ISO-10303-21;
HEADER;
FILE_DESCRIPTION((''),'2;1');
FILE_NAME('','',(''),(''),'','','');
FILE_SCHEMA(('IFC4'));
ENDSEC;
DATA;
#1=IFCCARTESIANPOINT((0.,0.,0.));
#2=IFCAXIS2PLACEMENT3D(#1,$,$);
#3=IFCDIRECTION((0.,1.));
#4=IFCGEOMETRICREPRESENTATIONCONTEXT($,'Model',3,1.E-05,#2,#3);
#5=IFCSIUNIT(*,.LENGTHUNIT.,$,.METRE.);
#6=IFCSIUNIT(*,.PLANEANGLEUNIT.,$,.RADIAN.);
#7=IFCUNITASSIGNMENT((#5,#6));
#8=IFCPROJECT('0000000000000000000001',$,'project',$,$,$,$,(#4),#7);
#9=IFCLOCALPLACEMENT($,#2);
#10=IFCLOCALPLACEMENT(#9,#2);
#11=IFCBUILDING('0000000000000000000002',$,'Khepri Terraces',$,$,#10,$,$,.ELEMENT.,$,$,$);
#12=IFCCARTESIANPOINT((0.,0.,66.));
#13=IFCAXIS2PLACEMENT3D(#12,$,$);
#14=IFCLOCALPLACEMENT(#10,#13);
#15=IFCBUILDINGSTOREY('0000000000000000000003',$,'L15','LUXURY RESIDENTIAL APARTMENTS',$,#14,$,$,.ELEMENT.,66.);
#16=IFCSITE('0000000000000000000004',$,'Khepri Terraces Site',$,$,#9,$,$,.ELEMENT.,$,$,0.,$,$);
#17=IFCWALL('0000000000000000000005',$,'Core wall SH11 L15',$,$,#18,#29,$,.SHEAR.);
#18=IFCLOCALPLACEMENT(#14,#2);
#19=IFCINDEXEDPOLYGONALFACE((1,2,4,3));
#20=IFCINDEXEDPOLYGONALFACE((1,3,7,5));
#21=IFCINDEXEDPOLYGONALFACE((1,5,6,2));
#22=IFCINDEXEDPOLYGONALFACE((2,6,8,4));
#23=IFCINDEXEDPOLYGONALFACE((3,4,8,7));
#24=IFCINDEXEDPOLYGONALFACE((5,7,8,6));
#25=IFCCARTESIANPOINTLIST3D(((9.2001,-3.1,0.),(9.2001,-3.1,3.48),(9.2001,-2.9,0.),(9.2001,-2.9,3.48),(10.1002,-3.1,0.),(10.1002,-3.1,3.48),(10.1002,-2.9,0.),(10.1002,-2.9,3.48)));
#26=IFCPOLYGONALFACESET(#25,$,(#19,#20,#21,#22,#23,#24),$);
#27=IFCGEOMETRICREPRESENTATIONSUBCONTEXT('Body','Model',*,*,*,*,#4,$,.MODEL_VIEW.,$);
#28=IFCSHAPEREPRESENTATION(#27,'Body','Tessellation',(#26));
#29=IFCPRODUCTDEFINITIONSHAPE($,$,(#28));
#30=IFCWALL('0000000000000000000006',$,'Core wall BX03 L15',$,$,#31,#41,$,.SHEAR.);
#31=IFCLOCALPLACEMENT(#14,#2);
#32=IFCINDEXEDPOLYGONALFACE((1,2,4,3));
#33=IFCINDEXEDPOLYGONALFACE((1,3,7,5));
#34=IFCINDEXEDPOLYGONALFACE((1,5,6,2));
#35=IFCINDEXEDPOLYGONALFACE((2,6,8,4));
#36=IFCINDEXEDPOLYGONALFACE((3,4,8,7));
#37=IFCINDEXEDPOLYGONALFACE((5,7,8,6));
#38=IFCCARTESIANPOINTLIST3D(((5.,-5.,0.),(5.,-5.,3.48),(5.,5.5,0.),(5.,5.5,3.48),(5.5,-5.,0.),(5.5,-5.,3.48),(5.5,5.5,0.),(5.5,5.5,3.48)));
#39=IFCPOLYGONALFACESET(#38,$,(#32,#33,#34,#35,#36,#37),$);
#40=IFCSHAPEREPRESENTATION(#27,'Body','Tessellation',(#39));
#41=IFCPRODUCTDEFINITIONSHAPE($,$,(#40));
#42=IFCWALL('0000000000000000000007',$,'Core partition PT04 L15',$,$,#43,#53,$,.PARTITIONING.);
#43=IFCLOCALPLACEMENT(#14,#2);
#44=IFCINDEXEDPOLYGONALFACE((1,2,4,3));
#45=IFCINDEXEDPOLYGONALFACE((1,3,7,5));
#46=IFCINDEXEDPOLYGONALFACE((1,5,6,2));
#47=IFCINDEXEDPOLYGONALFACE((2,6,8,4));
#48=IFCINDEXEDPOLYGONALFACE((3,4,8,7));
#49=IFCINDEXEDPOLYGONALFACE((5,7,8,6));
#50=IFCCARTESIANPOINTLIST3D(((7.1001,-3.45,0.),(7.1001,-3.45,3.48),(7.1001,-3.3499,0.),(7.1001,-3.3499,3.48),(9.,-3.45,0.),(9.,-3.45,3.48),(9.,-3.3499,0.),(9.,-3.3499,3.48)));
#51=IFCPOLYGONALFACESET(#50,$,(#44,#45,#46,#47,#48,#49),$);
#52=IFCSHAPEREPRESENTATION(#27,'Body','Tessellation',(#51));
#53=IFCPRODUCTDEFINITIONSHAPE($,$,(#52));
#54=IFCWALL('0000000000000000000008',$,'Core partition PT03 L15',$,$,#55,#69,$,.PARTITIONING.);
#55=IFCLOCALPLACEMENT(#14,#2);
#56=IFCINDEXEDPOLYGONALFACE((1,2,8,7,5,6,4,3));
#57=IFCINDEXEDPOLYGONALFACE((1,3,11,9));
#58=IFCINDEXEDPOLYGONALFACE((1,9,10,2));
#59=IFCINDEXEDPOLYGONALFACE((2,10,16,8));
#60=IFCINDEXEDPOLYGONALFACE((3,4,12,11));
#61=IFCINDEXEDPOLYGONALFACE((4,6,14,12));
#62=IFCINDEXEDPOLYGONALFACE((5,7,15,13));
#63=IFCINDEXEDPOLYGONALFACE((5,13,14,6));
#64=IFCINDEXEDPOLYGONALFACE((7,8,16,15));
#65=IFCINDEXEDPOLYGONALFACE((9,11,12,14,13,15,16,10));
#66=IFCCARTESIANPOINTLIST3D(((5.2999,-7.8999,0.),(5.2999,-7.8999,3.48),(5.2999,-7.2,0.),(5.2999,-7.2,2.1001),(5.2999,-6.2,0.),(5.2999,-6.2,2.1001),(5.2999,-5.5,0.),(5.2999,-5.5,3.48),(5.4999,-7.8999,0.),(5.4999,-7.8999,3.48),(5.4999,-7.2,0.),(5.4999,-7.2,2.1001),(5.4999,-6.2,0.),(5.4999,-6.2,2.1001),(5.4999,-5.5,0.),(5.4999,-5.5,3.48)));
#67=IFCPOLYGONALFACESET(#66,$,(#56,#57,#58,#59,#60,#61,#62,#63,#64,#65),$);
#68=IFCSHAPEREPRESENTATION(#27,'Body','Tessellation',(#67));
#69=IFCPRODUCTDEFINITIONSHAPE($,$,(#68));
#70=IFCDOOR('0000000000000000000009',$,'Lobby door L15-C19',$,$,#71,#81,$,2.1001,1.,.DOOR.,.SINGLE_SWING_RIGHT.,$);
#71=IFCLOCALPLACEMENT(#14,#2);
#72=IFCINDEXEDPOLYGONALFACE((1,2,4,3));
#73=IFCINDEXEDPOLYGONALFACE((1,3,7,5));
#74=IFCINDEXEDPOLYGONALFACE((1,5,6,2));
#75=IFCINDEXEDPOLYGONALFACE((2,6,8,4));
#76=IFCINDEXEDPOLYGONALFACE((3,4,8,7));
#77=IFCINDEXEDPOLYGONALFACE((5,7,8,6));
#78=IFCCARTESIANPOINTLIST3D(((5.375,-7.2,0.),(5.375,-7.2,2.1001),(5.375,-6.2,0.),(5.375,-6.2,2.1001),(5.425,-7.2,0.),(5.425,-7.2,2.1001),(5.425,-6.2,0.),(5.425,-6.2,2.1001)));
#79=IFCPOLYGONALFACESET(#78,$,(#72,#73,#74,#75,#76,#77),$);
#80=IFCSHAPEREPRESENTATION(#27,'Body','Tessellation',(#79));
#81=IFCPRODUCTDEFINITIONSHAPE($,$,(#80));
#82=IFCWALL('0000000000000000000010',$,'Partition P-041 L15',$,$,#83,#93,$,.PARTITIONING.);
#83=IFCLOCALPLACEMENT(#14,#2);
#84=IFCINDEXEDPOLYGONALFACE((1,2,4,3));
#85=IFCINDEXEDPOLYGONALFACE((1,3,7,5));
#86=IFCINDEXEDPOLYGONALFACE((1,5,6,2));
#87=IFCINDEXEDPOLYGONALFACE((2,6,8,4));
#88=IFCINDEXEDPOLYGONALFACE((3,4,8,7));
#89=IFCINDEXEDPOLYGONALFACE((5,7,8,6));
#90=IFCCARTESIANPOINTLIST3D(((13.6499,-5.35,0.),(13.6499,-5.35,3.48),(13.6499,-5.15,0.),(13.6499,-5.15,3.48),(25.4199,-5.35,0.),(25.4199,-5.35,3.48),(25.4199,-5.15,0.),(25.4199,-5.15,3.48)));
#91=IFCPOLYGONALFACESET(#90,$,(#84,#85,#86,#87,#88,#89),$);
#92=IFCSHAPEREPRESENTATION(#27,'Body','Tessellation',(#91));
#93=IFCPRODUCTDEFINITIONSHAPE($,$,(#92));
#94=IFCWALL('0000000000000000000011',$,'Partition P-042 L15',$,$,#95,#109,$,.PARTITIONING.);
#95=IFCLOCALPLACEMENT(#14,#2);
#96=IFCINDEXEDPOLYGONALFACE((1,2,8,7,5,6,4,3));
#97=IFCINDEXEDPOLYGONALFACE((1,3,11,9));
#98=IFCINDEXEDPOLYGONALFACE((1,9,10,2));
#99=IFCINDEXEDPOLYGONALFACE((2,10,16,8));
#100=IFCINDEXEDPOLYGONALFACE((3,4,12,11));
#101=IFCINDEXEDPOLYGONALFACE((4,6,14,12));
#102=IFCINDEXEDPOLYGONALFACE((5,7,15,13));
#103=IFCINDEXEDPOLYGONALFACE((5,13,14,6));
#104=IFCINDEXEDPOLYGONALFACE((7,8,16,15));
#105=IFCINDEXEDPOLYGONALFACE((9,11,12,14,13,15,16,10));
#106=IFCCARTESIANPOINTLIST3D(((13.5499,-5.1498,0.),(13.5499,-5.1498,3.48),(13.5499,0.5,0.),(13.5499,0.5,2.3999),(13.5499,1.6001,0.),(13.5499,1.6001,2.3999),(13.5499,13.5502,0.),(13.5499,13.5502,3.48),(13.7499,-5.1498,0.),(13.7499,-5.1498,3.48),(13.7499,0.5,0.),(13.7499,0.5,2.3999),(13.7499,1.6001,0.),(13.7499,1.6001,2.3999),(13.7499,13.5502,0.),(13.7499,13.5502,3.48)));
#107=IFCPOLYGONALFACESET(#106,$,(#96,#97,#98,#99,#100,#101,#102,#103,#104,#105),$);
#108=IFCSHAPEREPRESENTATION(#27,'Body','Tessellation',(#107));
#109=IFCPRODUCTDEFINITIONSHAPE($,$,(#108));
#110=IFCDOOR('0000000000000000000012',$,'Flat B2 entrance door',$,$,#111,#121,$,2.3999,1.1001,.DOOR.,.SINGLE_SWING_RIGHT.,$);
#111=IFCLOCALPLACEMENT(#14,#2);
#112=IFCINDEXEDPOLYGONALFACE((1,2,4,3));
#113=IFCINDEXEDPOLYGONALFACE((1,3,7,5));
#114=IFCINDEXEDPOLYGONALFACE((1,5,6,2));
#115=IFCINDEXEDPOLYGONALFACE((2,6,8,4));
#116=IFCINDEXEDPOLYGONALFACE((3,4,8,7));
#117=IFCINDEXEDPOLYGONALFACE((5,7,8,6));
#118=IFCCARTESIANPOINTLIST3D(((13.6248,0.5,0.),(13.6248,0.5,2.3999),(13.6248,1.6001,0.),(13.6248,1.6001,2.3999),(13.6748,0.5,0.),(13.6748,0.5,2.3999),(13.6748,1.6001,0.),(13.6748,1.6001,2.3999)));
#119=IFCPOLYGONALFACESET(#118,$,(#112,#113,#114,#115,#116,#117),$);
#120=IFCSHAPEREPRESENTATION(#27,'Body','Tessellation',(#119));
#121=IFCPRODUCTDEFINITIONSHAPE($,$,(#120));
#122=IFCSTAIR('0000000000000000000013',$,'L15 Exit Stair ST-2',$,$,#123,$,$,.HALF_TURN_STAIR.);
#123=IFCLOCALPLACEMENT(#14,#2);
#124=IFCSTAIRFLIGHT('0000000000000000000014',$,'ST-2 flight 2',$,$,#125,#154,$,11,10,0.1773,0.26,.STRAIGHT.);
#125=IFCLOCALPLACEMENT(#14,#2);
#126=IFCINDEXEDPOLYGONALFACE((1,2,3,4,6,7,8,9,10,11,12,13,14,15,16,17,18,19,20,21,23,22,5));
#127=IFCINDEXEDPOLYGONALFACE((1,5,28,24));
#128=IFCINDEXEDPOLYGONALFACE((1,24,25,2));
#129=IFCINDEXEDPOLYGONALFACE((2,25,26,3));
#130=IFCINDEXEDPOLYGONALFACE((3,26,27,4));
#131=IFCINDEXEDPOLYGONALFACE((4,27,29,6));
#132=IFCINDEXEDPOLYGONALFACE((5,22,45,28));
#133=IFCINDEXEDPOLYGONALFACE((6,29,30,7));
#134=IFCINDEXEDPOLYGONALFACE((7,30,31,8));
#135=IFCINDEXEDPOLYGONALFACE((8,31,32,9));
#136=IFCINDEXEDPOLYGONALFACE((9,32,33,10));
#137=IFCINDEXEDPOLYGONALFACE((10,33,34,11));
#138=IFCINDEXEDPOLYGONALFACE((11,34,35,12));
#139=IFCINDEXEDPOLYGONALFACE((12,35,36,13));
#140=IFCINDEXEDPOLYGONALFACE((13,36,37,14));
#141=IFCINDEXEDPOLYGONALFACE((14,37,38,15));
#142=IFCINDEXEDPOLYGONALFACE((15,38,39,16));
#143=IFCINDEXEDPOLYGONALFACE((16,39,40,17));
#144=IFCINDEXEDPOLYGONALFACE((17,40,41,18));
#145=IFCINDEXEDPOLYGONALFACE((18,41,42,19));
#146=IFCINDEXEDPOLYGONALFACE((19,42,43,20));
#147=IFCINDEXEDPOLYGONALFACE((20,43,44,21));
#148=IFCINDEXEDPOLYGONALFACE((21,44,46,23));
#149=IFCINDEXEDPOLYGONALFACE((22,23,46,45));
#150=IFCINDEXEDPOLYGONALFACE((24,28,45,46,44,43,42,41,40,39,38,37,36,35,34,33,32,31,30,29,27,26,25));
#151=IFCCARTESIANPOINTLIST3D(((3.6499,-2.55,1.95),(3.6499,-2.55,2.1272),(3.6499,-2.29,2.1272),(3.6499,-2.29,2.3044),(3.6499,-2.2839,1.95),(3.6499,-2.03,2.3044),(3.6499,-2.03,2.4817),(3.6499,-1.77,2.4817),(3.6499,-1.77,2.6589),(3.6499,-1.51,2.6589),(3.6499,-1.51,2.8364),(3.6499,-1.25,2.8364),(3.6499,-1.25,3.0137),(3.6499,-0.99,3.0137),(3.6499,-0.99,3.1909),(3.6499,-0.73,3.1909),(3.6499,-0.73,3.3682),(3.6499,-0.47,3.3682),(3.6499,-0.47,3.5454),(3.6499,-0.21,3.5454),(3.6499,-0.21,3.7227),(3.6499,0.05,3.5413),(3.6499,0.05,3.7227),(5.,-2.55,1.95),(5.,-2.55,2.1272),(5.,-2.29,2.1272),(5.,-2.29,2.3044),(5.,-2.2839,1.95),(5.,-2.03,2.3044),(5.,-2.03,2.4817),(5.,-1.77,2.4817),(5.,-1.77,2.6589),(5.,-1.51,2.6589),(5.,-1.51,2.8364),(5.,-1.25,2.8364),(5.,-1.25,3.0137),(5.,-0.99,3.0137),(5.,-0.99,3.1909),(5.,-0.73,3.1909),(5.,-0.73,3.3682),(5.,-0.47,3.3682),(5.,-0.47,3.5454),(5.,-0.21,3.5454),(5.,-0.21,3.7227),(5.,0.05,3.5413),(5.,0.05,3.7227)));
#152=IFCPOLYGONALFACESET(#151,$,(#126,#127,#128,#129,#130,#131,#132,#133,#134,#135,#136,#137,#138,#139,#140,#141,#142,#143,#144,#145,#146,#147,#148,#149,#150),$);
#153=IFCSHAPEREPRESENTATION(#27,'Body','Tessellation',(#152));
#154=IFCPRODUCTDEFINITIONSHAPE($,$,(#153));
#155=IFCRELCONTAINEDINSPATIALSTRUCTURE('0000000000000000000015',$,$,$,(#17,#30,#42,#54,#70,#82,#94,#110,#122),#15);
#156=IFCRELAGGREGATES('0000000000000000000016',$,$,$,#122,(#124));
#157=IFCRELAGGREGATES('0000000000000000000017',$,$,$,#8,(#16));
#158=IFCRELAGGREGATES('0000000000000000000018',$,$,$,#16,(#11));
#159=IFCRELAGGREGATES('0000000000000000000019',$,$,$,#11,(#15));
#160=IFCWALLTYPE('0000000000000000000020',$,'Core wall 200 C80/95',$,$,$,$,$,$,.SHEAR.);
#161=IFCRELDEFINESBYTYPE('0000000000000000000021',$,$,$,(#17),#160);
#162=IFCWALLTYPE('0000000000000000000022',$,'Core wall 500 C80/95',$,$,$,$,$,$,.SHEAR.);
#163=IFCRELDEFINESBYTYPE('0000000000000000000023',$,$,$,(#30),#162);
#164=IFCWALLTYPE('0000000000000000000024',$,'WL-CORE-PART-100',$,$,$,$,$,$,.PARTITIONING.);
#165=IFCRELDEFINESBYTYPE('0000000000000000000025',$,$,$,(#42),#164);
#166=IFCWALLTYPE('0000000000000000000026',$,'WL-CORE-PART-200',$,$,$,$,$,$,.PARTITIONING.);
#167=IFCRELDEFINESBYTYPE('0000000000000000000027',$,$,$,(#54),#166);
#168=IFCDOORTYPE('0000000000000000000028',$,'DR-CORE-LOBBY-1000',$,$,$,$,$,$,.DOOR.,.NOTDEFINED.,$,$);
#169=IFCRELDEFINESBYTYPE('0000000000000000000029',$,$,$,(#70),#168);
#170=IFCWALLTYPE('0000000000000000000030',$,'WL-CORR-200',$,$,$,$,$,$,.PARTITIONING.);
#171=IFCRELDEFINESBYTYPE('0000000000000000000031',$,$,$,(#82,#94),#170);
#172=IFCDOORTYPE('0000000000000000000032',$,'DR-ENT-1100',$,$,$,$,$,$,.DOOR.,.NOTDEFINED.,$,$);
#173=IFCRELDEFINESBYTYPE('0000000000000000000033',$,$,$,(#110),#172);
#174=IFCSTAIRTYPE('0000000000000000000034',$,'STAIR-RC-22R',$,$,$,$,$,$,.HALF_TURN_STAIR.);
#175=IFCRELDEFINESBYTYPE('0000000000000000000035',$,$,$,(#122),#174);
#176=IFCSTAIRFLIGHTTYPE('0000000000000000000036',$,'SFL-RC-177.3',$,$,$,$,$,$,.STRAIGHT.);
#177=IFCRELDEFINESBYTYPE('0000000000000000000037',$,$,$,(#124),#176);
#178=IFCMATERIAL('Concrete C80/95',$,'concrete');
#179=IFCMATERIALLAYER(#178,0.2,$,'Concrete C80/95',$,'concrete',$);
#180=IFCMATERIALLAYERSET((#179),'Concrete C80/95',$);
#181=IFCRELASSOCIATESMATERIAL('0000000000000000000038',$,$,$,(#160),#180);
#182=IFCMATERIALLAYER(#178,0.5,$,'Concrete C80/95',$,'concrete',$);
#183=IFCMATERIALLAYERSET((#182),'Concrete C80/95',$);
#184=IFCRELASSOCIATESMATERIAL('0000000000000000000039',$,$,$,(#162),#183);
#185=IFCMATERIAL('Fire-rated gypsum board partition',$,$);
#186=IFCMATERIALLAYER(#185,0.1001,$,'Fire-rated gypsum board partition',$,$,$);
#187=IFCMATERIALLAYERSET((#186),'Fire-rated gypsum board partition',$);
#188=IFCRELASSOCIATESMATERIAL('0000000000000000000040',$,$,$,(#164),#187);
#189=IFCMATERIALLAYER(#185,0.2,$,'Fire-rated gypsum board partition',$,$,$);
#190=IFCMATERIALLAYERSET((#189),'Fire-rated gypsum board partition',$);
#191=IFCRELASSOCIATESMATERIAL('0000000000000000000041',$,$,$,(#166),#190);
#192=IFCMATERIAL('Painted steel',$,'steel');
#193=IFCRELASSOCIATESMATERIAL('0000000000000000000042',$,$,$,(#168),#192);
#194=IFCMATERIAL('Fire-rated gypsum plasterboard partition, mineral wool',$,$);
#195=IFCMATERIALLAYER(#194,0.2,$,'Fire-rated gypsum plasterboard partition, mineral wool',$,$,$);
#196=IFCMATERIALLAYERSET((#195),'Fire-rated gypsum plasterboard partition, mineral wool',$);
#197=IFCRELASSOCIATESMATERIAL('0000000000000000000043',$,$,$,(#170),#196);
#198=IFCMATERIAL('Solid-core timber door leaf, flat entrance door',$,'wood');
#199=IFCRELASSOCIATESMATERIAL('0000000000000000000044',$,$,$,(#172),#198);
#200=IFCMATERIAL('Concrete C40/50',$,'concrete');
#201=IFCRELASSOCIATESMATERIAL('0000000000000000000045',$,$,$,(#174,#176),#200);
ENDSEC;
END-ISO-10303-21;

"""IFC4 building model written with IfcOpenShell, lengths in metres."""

from ifc_helpers import new_model, si_unit, direction, frame, frame_2d, origin, place, context, subcontext, project, spatial, polyline, rectangle, outline, extrude, material, layer, layer_set, type_object, element, fill, aggregate, save


model = new_model("IFC4")

# Units and contexts
model_context = context("Model", 3, precision=1e-05, world=origin(), true_north=direction((0.0, 1.0)))
body_context = subcontext(model_context, "Body", "Model", "MODEL_VIEW")
ifc_project = project(units=[si_unit("LENGTHUNIT", "METRE"), si_unit("PLANEANGLEUNIT", "RADIAN")], contexts=[model_context])

# Site, building, storey
site_placement = place(None, origin())
site = spatial("IfcSite", under=ifc_project, at=site_placement, Name="Khepri Terraces Site", CompositionType="ELEMENT", RefElevation=0.0)
building_placement = place(site_placement, origin())
building = spatial("IfcBuilding", under=site, at=building_placement, Name="Khepri Terraces", CompositionType="ELEMENT")
storey_placement = place(building_placement, frame((0.0, 0.0, 66.0)))
storey = spatial("IfcBuildingStorey", under=building, at=storey_placement, Name="L15", Description="LUXURY RESIDENTIAL APARTMENTS", CompositionType="ELEMENT", Elevation=66.0)

# Shared definitions
ifc_material_1 = material(Name="Concrete C40/50", Category="concrete")

# Shared definitions
ifc_material_2 = material(Name="Concrete C80/95", Category="concrete")
ifc_layer_1 = layer(ifc_material_2, 0.2, Name="Concrete C80/95", Category="concrete")
ifc_layer_set_1 = layer_set([ifc_layer_1], Name="Concrete C80/95")
wall_type_1 = type_object("IfcWallType", Name="Core wall 200 C80/95", PredefinedType="SHEAR", material=ifc_layer_set_1)
ifc_material_3 = material(Name="Painted steel", Category="steel")

# Walls
wall_1_placement = place(storey_placement, frame((9.2, -3.0, 0.0), z_axis=(0.0, 0.0, 1.0), x_axis=(1.0, 0.0, 0.0)))
element("IfcWall", 1, at=wall_1_placement, inside=storey, type_object=wall_type_1, Name="Core wall SH11 L15", PredefinedType="SHEAR", context=body_context, shape_type="SweptSolid", body=[
    extrude(rectangle(XDim=0.9001, YDim=0.2, at=frame_2d((0.4502, 0.0))), origin(), (0.0, 0.0, 1.0), 3.48),
])
ifc_layer_2 = layer(ifc_material_2, 0.5, Name="Concrete C80/95", Category="concrete")
ifc_layer_set_2 = layer_set([ifc_layer_2], Name="Concrete C80/95")
wall_type_2 = type_object("IfcWallType", Name="Core wall 500 C80/95", PredefinedType="SHEAR", material=ifc_layer_set_2)
wall_2_placement = place(storey_placement, frame((5.25, -5.0, 0.0), z_axis=(0.0, 0.0, 1.0), x_axis=(0.0, 1.0, 0.0)))
element("IfcWall", 2, at=wall_2_placement, inside=storey, type_object=wall_type_2, Name="Core wall BX03 L15", PredefinedType="SHEAR", context=body_context, shape_type="SweptSolid", body=[
    extrude(rectangle(XDim=10.5, YDim=0.5, at=frame_2d((5.25, 0.0))), origin(), (0.0, 0.0, 1.0), 3.48),
])
ifc_material_4 = material(Name="Fire-rated gypsum board partition")
ifc_layer_3 = layer(ifc_material_4, 0.1001, Name="Fire-rated gypsum board partition")
ifc_layer_set_3 = layer_set([ifc_layer_3], Name="Fire-rated gypsum board partition")
wall_type_3 = type_object("IfcWallType", Name="WL-CORE-PART-100", PredefinedType="PARTITIONING", material=ifc_layer_set_3)
wall_3_placement = place(storey_placement, frame((7.1001, -3.3999, 0.0), z_axis=(0.0, 0.0, 1.0), x_axis=(1.0, 0.0, 0.0)))
element("IfcWall", 3, at=wall_3_placement, inside=storey, type_object=wall_type_3, Name="Core partition PT04 L15", PredefinedType="PARTITIONING", context=body_context, shape_type="SweptSolid", body=[
    extrude(rectangle(XDim=1.8999, YDim=0.1001, at=frame_2d((0.95, 0.0))), origin(), (0.0, 0.0, 1.0), 3.48),
])

# Wall, opening, door
ifc_layer_4 = layer(ifc_material_4, 0.2, Name="Fire-rated gypsum board partition")
ifc_layer_set_4 = layer_set([ifc_layer_4], Name="Fire-rated gypsum board partition")
wall_type_4 = type_object("IfcWallType", Name="WL-CORE-PART-200", PredefinedType="PARTITIONING", material=ifc_layer_set_4)
wall_4_placement = place(storey_placement, frame((5.3999, -7.8999, 0.0), z_axis=(0.0, 0.0, 1.0), x_axis=(0.0, 1.0, 0.0)))
wall_4 = element("IfcWall", 4, at=wall_4_placement, inside=storey, type_object=wall_type_4, Name="Core partition PT03 L15", PredefinedType="PARTITIONING", context=body_context, shape_type="SweptSolid", body=[
    extrude(rectangle(XDim=2.3999, YDim=0.2, at=frame_2d((1.2, 0.0))), origin(), (0.0, 0.0, 1.0), 3.48),
])
opening_1_placement = place(wall_4_placement, frame((0.7, 0.0, 0.0)))
opening_1 = element("IfcOpeningElement", 5, at=opening_1_placement, cuts=wall_4, PredefinedType="OPENING", context=body_context, shape_type="SweptSolid", body=[
    extrude(rectangle(XDim=1.0, YDim=2.1001, at=frame_2d((0.5, 1.05))), frame((0.0, 0.1099, 0.0), z_axis=(0.0, -1.0, 0.0), x_axis=(1.0, 0.0, 0.0)), (0.0, 0.0, 1.0), 0.22),
])
door_type_1 = type_object("IfcDoorType", Name="DR-CORE-LOBBY-1000", OperationType="NOTDEFINED", PredefinedType="DOOR", material=ifc_material_3)
door_1_placement = place(opening_1_placement, origin())
door_1 = element("IfcDoor", 6, at=door_1_placement, inside=storey, type_object=door_type_1, Name="Lobby door L15-C19", OperationType="SINGLE_SWING_RIGHT", OverallHeight=2.1001, OverallWidth=1.0, PredefinedType="DOOR", context=body_context, shape_type="SweptSolid", body=[
    extrude(rectangle(XDim=1.0, YDim=2.1001, at=frame_2d((0.5, 1.05))), frame((0.0, 0.0249, 0.0), z_axis=(0.0, -1.0, 0.0), x_axis=(1.0, 0.0, 0.0)), (0.0, 0.0, 1.0), 0.05),
])
fill(opening_1, door_1)

# Wall
ifc_material_5 = material(Name="Fire-rated gypsum plasterboard partition, mineral wool")
ifc_layer_5 = layer(ifc_material_5, 0.2, Name="Fire-rated gypsum plasterboard partition, mineral wool")
ifc_layer_set_5 = layer_set([ifc_layer_5], Name="Fire-rated gypsum plasterboard partition, mineral wool")
wall_type_5 = type_object("IfcWallType", Name="WL-CORR-200", PredefinedType="PARTITIONING", material=ifc_layer_set_5)
wall_5_placement = place(storey_placement, frame((13.6499, -5.25, 0.0), z_axis=(0.0, 0.0, 1.0), x_axis=(1.0, 0.0, 0.0)))
element("IfcWall", 7, at=wall_5_placement, inside=storey, type_object=wall_type_5, Name="Partition P-041 L15", PredefinedType="PARTITIONING", context=body_context, shape_type="SweptSolid", body=[
    extrude(rectangle(XDim=11.77, YDim=0.2, at=frame_2d((5.885, 0.0))), origin(), (0.0, 0.0, 1.0), 3.48),
])

# Wall, opening, door
wall_6_placement = place(storey_placement, frame((13.6499, -5.1499, 0.0), z_axis=(0.0, 0.0, 1.0), x_axis=(0.0, 1.0, 0.0)))
wall_6 = element("IfcWall", 8, at=wall_6_placement, inside=storey, type_object=wall_type_5, Name="Partition P-042 L15", PredefinedType="PARTITIONING", context=body_context, shape_type="SweptSolid", body=[
    extrude(rectangle(XDim=18.7, YDim=0.2, at=frame_2d((9.3501, 0.0))), origin(), (0.0, 0.0, 1.0), 3.48),
])
opening_2_placement = place(wall_6_placement, frame((5.6499, 0.0, 0.0)))
opening_2 = element("IfcOpeningElement", 9, at=opening_2_placement, cuts=wall_6, PredefinedType="OPENING", context=body_context, shape_type="SweptSolid", body=[
    extrude(rectangle(XDim=1.1001, YDim=2.3999, at=frame_2d((0.55, 1.2))), frame((0.0, 0.1099, 0.0), z_axis=(0.0, -1.0, 0.0), x_axis=(1.0, 0.0, 0.0)), (0.0, 0.0, 1.0), 0.22),
])
ifc_material_6 = material(Name="Solid-core timber door leaf, flat entrance door", Category="wood")
door_type_2 = type_object("IfcDoorType", Name="DR-ENT-1100", OperationType="NOTDEFINED", PredefinedType="DOOR", material=ifc_material_6)
door_2_placement = place(opening_2_placement, frame((1.1001, 0.0, 0.0), z_axis=(0.0, 0.0, 1.0), x_axis=(-1.0, 0.0, 0.0)))
door_2 = element("IfcDoor", 10, at=door_2_placement, inside=storey, type_object=door_type_2, Name="Flat B2 entrance door", OperationType="SINGLE_SWING_RIGHT", OverallHeight=2.3999, OverallWidth=1.1001, PredefinedType="DOOR", context=body_context, shape_type="SweptSolid", body=[
    extrude(rectangle(XDim=1.1001, YDim=2.3999, at=frame_2d((0.55, 1.2))), frame((0.0, 0.0249, 0.0), z_axis=(0.0, -1.0, 0.0), x_axis=(1.0, 0.0, 0.0)), (0.0, 0.0, 1.0), 0.05),
])
fill(opening_2, door_2)

# Stair, stair flight
stair_type = type_object("IfcStairType", Name="STAIR-RC-22R", PredefinedType="HALF_TURN_STAIR", material=ifc_material_1)
stair_placement = place(storey_placement, origin())
stair = element("IfcStair", 11, at=stair_placement, inside=storey, type_object=stair_type, Name="L15 Exit Stair ST-2", PredefinedType="HALF_TURN_STAIR")
stair_flight_type = type_object("IfcStairFlightType", Name="SFL-RC-177.3", PredefinedType="STRAIGHT", material=ifc_material_1)
stair_flight_placement = place(storey_placement, frame((4.325, -2.55, 1.95), z_axis=(0.0, 0.0, 1.0), x_axis=(0.0, 1.0, 0.0)))
stair_flight = element("IfcStairFlight", 12, at=stair_flight_placement, type_object=stair_flight_type, Name="ST-2 flight 2", NumberOfRisers=11, NumberOfTreads=10, PredefinedType="STRAIGHT", RiserHeight=0.1773, TreadLength=0.26, context=body_context, shape_type="SweptSolid", body=[
    extrude(outline(polyline([(0.0, 0.0), (0.0, 0.1772), (0.26, 0.1772), (0.26, 0.3545), (0.52, 0.3545), (0.52, 0.5317), (0.78, 0.5317), (0.78, 0.709), (1.04, 0.709), (1.04, 0.8865), (1.3, 0.8865), (1.3, 1.0637), (1.5601, 1.0637), (1.5601, 1.241), (1.8201, 1.241), (1.8201, 1.4182), (2.0801, 1.4182), (2.0801, 1.5955), (2.3401, 1.5955), (2.3401, 1.7727), (2.6001, 1.7727), (2.6001, 1.95), (2.6001, 1.5913), (0.2661, 0.0), (0.0, 0.0)])), frame((0.0, 0.675, 0.0), z_axis=(0.0, -1.0, 0.0), x_axis=(1.0, 0.0, 0.0)), (0.0, 0.0, 1.0), 1.3501),
])
aggregate(stair, [stair_flight])

save(model, "model.ifc")
